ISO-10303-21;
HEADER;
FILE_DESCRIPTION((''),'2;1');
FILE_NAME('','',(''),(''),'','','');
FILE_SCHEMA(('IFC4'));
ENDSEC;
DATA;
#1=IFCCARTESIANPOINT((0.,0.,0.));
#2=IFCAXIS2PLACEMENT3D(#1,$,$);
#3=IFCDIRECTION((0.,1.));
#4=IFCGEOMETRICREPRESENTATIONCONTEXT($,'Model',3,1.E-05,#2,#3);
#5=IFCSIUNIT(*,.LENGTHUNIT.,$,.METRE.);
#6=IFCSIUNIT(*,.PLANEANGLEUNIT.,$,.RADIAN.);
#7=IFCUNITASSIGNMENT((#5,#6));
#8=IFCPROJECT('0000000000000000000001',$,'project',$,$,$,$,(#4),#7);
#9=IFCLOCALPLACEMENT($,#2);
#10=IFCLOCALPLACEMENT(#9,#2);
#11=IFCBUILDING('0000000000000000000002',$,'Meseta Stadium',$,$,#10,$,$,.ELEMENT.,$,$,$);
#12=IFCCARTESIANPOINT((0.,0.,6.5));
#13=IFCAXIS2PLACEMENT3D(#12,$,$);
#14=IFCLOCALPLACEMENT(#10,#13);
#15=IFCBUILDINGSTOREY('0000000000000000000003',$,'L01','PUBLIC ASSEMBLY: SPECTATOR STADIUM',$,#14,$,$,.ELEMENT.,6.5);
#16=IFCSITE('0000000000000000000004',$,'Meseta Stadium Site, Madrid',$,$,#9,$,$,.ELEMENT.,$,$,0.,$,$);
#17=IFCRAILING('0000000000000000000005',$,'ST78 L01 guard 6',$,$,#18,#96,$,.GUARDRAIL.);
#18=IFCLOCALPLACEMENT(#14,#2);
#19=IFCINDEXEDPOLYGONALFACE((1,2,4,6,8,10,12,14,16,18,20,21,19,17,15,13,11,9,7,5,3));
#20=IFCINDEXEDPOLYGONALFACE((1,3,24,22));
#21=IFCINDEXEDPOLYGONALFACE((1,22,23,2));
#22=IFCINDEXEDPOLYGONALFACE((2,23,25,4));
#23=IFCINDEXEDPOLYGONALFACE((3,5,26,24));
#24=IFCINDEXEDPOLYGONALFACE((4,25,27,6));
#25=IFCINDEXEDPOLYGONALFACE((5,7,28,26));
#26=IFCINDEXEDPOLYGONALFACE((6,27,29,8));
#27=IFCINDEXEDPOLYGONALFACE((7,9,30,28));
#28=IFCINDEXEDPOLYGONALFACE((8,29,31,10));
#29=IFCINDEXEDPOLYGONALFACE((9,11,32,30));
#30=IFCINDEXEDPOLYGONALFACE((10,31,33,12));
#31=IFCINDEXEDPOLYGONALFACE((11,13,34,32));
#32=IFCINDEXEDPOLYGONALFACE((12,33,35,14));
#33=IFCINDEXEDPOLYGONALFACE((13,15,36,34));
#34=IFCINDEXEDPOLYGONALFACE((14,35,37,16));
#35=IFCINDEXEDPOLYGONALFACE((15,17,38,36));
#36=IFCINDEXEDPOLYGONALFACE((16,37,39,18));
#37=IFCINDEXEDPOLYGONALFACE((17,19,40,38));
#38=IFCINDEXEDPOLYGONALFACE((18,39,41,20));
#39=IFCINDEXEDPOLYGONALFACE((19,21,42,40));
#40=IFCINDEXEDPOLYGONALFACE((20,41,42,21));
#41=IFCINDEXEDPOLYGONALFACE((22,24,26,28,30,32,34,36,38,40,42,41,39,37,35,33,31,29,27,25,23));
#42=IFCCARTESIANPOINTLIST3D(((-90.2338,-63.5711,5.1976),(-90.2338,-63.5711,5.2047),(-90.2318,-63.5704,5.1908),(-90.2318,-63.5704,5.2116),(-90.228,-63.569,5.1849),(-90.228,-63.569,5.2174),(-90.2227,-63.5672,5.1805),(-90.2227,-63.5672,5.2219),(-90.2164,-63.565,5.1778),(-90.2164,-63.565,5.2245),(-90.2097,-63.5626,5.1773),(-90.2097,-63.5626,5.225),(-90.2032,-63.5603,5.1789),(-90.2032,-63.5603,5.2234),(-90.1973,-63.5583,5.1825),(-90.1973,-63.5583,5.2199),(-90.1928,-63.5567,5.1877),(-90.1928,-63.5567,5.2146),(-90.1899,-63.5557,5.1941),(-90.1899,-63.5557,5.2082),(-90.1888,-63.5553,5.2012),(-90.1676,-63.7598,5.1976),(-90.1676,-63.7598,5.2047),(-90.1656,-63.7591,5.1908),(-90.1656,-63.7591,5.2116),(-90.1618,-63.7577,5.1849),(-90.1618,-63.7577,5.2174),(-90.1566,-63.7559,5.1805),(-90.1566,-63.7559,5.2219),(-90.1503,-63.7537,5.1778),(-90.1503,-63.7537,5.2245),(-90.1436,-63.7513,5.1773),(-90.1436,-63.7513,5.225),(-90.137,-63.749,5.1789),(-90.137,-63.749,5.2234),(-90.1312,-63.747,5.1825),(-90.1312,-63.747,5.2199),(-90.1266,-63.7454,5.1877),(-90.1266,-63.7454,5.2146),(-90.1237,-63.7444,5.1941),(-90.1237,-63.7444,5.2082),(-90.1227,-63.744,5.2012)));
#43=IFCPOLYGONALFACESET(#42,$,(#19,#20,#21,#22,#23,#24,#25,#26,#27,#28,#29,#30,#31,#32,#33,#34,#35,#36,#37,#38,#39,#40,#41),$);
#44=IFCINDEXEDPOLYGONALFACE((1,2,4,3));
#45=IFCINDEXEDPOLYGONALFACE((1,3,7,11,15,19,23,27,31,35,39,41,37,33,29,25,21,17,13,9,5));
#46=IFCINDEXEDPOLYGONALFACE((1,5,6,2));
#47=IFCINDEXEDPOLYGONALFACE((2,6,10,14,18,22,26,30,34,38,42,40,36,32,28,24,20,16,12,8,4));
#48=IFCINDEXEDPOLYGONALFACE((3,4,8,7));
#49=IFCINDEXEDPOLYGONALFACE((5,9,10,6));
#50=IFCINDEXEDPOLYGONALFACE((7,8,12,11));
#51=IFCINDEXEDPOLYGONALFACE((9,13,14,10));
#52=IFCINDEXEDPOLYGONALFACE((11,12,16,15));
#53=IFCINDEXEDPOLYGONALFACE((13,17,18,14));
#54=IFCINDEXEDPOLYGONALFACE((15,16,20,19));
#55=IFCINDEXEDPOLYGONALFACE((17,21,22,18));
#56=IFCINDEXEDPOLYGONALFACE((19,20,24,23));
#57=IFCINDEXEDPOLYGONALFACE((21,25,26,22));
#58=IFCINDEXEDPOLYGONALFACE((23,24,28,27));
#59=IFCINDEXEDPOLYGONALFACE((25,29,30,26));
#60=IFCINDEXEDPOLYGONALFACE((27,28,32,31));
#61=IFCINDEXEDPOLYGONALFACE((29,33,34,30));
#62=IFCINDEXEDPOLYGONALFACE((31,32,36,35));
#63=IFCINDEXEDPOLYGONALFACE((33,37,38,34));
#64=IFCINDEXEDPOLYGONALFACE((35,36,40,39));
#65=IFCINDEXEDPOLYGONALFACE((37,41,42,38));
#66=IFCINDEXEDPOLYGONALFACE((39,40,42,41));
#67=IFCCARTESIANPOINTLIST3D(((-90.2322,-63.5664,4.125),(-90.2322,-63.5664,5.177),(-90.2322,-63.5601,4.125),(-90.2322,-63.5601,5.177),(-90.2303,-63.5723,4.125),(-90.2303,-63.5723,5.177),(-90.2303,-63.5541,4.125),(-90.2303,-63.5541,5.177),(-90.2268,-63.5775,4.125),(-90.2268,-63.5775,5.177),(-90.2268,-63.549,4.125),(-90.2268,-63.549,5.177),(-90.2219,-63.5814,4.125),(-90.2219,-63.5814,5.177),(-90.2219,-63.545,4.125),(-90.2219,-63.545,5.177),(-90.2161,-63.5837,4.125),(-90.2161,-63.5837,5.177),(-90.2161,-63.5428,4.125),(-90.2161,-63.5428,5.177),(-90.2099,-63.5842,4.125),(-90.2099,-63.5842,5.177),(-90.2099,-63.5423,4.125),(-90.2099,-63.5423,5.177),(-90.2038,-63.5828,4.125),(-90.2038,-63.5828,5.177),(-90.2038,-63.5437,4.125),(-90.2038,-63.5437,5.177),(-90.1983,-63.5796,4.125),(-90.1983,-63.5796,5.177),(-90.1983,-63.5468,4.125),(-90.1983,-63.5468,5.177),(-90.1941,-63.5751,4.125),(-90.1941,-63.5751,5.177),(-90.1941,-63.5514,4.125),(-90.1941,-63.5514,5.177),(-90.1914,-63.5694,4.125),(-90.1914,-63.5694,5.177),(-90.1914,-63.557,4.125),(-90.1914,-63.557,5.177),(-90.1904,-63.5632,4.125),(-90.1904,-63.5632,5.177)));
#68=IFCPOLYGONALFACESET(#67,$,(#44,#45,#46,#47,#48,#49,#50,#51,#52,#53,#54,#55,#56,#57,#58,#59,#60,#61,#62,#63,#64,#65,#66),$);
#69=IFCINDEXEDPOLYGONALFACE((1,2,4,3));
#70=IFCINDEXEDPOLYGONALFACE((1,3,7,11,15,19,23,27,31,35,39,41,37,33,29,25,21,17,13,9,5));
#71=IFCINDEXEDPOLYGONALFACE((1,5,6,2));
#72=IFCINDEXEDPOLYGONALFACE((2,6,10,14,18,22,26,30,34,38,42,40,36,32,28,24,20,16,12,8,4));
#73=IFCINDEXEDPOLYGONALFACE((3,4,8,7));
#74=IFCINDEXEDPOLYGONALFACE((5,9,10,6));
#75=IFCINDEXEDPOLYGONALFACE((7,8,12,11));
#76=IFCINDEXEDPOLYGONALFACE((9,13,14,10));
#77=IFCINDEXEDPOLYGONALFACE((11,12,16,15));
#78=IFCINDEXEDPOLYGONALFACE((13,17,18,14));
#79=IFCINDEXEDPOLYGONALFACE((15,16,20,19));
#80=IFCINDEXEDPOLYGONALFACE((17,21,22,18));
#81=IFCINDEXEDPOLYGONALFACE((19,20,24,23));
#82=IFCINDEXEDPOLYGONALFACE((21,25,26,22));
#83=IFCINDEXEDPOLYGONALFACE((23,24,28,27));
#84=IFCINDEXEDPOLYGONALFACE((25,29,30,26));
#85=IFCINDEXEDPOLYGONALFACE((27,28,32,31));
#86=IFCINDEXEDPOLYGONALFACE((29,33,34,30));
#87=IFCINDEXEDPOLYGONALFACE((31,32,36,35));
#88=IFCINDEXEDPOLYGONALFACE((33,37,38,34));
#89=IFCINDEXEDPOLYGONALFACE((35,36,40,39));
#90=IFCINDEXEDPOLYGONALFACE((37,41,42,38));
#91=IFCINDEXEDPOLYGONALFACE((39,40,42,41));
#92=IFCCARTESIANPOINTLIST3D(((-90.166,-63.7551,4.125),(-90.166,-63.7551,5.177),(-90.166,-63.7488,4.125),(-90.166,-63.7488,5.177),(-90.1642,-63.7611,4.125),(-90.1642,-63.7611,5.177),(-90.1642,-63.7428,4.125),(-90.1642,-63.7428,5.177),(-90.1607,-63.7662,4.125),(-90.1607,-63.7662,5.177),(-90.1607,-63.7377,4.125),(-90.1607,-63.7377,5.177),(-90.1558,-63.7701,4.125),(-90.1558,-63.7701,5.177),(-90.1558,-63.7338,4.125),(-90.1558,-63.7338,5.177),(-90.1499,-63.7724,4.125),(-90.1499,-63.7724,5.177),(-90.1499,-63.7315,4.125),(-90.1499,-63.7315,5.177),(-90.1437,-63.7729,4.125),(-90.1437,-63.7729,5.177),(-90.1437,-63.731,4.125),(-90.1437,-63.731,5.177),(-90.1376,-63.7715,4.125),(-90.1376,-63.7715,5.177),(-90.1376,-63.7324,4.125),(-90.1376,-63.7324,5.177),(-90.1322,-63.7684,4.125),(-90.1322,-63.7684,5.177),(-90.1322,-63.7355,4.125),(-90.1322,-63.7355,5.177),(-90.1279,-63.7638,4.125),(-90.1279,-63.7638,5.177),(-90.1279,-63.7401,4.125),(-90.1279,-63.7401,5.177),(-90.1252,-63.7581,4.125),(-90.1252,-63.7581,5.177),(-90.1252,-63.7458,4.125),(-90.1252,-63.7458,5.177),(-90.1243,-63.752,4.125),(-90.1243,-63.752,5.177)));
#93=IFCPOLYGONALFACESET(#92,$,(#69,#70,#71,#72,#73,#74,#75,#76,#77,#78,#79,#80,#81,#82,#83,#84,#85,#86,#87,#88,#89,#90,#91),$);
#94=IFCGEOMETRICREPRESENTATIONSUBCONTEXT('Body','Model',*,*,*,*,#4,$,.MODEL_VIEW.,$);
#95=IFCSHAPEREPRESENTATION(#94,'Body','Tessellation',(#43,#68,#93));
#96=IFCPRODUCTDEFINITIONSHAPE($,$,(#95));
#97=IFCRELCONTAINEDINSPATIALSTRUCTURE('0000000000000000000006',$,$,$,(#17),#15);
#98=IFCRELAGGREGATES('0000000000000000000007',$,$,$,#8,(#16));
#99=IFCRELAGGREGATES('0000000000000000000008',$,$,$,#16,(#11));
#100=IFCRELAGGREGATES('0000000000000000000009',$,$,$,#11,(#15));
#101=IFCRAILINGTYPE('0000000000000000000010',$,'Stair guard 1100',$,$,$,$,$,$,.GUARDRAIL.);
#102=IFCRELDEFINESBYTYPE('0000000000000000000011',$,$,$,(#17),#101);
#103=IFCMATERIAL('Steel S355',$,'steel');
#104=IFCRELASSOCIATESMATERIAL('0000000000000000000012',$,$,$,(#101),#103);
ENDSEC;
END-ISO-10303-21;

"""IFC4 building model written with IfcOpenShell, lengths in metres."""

from ifc_helpers import new_model, si_unit, direction, frame, origin, origin_2d, place, context, subcontext, project, spatial, circle, extrude, material, type_object, element, save


model = new_model("IFC4")

# Units and contexts
model_context = context("Model", 3, precision=1e-05, world=origin(), true_north=direction((0.0, 1.0)))
body_context = subcontext(model_context, "Body", "Model", "MODEL_VIEW")
ifc_project = project(units=[si_unit("LENGTHUNIT", "METRE"), si_unit("PLANEANGLEUNIT", "RADIAN")], contexts=[model_context])

# Site, building, storey
site_placement = place(None, origin())
site = spatial("IfcSite", under=ifc_project, at=site_placement, Name="Meseta Stadium Site, Madrid", CompositionType="ELEMENT", RefElevation=0.0)
building_placement = place(site_placement, origin())
building = spatial("IfcBuilding", under=site, at=building_placement, Name="Meseta Stadium", CompositionType="ELEMENT")
storey_placement = place(building_placement, frame((0.0, 0.0, 6.5)))
storey = spatial("IfcBuildingStorey", under=building, at=storey_placement, Name="L01", Description="PUBLIC ASSEMBLY: SPECTATOR STADIUM", CompositionType="ELEMENT", Elevation=6.5)

# Railing
ifc_material_1 = material(Name="Steel S355", Category="steel")
railing_type_1 = type_object("IfcRailingType", Name="Stair guard 1100", PredefinedType="GUARDRAIL", material=ifc_material_1)
railing_1_placement = place(storey_placement, frame((-90.2114, -63.5632, 4.125)))
element("IfcRailing", 1, at=railing_1_placement, inside=storey, type_object=railing_type_1, Name="ST78 L01 guard 6", PredefinedType="GUARDRAIL", context=body_context, shape_type="SweptSolid", body=[
    extrude(circle(Radius=0.0239, at=origin_2d()), frame((0.0, 0.0, 1.0762), z_axis=(0.33084, -0.943687, 0.0), x_axis=(0.943687, 0.33084, 0.0)), (0.0, 0.0, 1.0), 0.2),
    extrude(circle(Radius=0.021, at=origin_2d()), origin(), (0.0, 0.0, 1.0), 1.052),
    extrude(circle(Radius=0.021, at=origin_2d()), frame((0.0662, -0.1887, 0.0)), (0.0, 0.0, 1.0), 1.052),
])

save(model, "model.ifc")
